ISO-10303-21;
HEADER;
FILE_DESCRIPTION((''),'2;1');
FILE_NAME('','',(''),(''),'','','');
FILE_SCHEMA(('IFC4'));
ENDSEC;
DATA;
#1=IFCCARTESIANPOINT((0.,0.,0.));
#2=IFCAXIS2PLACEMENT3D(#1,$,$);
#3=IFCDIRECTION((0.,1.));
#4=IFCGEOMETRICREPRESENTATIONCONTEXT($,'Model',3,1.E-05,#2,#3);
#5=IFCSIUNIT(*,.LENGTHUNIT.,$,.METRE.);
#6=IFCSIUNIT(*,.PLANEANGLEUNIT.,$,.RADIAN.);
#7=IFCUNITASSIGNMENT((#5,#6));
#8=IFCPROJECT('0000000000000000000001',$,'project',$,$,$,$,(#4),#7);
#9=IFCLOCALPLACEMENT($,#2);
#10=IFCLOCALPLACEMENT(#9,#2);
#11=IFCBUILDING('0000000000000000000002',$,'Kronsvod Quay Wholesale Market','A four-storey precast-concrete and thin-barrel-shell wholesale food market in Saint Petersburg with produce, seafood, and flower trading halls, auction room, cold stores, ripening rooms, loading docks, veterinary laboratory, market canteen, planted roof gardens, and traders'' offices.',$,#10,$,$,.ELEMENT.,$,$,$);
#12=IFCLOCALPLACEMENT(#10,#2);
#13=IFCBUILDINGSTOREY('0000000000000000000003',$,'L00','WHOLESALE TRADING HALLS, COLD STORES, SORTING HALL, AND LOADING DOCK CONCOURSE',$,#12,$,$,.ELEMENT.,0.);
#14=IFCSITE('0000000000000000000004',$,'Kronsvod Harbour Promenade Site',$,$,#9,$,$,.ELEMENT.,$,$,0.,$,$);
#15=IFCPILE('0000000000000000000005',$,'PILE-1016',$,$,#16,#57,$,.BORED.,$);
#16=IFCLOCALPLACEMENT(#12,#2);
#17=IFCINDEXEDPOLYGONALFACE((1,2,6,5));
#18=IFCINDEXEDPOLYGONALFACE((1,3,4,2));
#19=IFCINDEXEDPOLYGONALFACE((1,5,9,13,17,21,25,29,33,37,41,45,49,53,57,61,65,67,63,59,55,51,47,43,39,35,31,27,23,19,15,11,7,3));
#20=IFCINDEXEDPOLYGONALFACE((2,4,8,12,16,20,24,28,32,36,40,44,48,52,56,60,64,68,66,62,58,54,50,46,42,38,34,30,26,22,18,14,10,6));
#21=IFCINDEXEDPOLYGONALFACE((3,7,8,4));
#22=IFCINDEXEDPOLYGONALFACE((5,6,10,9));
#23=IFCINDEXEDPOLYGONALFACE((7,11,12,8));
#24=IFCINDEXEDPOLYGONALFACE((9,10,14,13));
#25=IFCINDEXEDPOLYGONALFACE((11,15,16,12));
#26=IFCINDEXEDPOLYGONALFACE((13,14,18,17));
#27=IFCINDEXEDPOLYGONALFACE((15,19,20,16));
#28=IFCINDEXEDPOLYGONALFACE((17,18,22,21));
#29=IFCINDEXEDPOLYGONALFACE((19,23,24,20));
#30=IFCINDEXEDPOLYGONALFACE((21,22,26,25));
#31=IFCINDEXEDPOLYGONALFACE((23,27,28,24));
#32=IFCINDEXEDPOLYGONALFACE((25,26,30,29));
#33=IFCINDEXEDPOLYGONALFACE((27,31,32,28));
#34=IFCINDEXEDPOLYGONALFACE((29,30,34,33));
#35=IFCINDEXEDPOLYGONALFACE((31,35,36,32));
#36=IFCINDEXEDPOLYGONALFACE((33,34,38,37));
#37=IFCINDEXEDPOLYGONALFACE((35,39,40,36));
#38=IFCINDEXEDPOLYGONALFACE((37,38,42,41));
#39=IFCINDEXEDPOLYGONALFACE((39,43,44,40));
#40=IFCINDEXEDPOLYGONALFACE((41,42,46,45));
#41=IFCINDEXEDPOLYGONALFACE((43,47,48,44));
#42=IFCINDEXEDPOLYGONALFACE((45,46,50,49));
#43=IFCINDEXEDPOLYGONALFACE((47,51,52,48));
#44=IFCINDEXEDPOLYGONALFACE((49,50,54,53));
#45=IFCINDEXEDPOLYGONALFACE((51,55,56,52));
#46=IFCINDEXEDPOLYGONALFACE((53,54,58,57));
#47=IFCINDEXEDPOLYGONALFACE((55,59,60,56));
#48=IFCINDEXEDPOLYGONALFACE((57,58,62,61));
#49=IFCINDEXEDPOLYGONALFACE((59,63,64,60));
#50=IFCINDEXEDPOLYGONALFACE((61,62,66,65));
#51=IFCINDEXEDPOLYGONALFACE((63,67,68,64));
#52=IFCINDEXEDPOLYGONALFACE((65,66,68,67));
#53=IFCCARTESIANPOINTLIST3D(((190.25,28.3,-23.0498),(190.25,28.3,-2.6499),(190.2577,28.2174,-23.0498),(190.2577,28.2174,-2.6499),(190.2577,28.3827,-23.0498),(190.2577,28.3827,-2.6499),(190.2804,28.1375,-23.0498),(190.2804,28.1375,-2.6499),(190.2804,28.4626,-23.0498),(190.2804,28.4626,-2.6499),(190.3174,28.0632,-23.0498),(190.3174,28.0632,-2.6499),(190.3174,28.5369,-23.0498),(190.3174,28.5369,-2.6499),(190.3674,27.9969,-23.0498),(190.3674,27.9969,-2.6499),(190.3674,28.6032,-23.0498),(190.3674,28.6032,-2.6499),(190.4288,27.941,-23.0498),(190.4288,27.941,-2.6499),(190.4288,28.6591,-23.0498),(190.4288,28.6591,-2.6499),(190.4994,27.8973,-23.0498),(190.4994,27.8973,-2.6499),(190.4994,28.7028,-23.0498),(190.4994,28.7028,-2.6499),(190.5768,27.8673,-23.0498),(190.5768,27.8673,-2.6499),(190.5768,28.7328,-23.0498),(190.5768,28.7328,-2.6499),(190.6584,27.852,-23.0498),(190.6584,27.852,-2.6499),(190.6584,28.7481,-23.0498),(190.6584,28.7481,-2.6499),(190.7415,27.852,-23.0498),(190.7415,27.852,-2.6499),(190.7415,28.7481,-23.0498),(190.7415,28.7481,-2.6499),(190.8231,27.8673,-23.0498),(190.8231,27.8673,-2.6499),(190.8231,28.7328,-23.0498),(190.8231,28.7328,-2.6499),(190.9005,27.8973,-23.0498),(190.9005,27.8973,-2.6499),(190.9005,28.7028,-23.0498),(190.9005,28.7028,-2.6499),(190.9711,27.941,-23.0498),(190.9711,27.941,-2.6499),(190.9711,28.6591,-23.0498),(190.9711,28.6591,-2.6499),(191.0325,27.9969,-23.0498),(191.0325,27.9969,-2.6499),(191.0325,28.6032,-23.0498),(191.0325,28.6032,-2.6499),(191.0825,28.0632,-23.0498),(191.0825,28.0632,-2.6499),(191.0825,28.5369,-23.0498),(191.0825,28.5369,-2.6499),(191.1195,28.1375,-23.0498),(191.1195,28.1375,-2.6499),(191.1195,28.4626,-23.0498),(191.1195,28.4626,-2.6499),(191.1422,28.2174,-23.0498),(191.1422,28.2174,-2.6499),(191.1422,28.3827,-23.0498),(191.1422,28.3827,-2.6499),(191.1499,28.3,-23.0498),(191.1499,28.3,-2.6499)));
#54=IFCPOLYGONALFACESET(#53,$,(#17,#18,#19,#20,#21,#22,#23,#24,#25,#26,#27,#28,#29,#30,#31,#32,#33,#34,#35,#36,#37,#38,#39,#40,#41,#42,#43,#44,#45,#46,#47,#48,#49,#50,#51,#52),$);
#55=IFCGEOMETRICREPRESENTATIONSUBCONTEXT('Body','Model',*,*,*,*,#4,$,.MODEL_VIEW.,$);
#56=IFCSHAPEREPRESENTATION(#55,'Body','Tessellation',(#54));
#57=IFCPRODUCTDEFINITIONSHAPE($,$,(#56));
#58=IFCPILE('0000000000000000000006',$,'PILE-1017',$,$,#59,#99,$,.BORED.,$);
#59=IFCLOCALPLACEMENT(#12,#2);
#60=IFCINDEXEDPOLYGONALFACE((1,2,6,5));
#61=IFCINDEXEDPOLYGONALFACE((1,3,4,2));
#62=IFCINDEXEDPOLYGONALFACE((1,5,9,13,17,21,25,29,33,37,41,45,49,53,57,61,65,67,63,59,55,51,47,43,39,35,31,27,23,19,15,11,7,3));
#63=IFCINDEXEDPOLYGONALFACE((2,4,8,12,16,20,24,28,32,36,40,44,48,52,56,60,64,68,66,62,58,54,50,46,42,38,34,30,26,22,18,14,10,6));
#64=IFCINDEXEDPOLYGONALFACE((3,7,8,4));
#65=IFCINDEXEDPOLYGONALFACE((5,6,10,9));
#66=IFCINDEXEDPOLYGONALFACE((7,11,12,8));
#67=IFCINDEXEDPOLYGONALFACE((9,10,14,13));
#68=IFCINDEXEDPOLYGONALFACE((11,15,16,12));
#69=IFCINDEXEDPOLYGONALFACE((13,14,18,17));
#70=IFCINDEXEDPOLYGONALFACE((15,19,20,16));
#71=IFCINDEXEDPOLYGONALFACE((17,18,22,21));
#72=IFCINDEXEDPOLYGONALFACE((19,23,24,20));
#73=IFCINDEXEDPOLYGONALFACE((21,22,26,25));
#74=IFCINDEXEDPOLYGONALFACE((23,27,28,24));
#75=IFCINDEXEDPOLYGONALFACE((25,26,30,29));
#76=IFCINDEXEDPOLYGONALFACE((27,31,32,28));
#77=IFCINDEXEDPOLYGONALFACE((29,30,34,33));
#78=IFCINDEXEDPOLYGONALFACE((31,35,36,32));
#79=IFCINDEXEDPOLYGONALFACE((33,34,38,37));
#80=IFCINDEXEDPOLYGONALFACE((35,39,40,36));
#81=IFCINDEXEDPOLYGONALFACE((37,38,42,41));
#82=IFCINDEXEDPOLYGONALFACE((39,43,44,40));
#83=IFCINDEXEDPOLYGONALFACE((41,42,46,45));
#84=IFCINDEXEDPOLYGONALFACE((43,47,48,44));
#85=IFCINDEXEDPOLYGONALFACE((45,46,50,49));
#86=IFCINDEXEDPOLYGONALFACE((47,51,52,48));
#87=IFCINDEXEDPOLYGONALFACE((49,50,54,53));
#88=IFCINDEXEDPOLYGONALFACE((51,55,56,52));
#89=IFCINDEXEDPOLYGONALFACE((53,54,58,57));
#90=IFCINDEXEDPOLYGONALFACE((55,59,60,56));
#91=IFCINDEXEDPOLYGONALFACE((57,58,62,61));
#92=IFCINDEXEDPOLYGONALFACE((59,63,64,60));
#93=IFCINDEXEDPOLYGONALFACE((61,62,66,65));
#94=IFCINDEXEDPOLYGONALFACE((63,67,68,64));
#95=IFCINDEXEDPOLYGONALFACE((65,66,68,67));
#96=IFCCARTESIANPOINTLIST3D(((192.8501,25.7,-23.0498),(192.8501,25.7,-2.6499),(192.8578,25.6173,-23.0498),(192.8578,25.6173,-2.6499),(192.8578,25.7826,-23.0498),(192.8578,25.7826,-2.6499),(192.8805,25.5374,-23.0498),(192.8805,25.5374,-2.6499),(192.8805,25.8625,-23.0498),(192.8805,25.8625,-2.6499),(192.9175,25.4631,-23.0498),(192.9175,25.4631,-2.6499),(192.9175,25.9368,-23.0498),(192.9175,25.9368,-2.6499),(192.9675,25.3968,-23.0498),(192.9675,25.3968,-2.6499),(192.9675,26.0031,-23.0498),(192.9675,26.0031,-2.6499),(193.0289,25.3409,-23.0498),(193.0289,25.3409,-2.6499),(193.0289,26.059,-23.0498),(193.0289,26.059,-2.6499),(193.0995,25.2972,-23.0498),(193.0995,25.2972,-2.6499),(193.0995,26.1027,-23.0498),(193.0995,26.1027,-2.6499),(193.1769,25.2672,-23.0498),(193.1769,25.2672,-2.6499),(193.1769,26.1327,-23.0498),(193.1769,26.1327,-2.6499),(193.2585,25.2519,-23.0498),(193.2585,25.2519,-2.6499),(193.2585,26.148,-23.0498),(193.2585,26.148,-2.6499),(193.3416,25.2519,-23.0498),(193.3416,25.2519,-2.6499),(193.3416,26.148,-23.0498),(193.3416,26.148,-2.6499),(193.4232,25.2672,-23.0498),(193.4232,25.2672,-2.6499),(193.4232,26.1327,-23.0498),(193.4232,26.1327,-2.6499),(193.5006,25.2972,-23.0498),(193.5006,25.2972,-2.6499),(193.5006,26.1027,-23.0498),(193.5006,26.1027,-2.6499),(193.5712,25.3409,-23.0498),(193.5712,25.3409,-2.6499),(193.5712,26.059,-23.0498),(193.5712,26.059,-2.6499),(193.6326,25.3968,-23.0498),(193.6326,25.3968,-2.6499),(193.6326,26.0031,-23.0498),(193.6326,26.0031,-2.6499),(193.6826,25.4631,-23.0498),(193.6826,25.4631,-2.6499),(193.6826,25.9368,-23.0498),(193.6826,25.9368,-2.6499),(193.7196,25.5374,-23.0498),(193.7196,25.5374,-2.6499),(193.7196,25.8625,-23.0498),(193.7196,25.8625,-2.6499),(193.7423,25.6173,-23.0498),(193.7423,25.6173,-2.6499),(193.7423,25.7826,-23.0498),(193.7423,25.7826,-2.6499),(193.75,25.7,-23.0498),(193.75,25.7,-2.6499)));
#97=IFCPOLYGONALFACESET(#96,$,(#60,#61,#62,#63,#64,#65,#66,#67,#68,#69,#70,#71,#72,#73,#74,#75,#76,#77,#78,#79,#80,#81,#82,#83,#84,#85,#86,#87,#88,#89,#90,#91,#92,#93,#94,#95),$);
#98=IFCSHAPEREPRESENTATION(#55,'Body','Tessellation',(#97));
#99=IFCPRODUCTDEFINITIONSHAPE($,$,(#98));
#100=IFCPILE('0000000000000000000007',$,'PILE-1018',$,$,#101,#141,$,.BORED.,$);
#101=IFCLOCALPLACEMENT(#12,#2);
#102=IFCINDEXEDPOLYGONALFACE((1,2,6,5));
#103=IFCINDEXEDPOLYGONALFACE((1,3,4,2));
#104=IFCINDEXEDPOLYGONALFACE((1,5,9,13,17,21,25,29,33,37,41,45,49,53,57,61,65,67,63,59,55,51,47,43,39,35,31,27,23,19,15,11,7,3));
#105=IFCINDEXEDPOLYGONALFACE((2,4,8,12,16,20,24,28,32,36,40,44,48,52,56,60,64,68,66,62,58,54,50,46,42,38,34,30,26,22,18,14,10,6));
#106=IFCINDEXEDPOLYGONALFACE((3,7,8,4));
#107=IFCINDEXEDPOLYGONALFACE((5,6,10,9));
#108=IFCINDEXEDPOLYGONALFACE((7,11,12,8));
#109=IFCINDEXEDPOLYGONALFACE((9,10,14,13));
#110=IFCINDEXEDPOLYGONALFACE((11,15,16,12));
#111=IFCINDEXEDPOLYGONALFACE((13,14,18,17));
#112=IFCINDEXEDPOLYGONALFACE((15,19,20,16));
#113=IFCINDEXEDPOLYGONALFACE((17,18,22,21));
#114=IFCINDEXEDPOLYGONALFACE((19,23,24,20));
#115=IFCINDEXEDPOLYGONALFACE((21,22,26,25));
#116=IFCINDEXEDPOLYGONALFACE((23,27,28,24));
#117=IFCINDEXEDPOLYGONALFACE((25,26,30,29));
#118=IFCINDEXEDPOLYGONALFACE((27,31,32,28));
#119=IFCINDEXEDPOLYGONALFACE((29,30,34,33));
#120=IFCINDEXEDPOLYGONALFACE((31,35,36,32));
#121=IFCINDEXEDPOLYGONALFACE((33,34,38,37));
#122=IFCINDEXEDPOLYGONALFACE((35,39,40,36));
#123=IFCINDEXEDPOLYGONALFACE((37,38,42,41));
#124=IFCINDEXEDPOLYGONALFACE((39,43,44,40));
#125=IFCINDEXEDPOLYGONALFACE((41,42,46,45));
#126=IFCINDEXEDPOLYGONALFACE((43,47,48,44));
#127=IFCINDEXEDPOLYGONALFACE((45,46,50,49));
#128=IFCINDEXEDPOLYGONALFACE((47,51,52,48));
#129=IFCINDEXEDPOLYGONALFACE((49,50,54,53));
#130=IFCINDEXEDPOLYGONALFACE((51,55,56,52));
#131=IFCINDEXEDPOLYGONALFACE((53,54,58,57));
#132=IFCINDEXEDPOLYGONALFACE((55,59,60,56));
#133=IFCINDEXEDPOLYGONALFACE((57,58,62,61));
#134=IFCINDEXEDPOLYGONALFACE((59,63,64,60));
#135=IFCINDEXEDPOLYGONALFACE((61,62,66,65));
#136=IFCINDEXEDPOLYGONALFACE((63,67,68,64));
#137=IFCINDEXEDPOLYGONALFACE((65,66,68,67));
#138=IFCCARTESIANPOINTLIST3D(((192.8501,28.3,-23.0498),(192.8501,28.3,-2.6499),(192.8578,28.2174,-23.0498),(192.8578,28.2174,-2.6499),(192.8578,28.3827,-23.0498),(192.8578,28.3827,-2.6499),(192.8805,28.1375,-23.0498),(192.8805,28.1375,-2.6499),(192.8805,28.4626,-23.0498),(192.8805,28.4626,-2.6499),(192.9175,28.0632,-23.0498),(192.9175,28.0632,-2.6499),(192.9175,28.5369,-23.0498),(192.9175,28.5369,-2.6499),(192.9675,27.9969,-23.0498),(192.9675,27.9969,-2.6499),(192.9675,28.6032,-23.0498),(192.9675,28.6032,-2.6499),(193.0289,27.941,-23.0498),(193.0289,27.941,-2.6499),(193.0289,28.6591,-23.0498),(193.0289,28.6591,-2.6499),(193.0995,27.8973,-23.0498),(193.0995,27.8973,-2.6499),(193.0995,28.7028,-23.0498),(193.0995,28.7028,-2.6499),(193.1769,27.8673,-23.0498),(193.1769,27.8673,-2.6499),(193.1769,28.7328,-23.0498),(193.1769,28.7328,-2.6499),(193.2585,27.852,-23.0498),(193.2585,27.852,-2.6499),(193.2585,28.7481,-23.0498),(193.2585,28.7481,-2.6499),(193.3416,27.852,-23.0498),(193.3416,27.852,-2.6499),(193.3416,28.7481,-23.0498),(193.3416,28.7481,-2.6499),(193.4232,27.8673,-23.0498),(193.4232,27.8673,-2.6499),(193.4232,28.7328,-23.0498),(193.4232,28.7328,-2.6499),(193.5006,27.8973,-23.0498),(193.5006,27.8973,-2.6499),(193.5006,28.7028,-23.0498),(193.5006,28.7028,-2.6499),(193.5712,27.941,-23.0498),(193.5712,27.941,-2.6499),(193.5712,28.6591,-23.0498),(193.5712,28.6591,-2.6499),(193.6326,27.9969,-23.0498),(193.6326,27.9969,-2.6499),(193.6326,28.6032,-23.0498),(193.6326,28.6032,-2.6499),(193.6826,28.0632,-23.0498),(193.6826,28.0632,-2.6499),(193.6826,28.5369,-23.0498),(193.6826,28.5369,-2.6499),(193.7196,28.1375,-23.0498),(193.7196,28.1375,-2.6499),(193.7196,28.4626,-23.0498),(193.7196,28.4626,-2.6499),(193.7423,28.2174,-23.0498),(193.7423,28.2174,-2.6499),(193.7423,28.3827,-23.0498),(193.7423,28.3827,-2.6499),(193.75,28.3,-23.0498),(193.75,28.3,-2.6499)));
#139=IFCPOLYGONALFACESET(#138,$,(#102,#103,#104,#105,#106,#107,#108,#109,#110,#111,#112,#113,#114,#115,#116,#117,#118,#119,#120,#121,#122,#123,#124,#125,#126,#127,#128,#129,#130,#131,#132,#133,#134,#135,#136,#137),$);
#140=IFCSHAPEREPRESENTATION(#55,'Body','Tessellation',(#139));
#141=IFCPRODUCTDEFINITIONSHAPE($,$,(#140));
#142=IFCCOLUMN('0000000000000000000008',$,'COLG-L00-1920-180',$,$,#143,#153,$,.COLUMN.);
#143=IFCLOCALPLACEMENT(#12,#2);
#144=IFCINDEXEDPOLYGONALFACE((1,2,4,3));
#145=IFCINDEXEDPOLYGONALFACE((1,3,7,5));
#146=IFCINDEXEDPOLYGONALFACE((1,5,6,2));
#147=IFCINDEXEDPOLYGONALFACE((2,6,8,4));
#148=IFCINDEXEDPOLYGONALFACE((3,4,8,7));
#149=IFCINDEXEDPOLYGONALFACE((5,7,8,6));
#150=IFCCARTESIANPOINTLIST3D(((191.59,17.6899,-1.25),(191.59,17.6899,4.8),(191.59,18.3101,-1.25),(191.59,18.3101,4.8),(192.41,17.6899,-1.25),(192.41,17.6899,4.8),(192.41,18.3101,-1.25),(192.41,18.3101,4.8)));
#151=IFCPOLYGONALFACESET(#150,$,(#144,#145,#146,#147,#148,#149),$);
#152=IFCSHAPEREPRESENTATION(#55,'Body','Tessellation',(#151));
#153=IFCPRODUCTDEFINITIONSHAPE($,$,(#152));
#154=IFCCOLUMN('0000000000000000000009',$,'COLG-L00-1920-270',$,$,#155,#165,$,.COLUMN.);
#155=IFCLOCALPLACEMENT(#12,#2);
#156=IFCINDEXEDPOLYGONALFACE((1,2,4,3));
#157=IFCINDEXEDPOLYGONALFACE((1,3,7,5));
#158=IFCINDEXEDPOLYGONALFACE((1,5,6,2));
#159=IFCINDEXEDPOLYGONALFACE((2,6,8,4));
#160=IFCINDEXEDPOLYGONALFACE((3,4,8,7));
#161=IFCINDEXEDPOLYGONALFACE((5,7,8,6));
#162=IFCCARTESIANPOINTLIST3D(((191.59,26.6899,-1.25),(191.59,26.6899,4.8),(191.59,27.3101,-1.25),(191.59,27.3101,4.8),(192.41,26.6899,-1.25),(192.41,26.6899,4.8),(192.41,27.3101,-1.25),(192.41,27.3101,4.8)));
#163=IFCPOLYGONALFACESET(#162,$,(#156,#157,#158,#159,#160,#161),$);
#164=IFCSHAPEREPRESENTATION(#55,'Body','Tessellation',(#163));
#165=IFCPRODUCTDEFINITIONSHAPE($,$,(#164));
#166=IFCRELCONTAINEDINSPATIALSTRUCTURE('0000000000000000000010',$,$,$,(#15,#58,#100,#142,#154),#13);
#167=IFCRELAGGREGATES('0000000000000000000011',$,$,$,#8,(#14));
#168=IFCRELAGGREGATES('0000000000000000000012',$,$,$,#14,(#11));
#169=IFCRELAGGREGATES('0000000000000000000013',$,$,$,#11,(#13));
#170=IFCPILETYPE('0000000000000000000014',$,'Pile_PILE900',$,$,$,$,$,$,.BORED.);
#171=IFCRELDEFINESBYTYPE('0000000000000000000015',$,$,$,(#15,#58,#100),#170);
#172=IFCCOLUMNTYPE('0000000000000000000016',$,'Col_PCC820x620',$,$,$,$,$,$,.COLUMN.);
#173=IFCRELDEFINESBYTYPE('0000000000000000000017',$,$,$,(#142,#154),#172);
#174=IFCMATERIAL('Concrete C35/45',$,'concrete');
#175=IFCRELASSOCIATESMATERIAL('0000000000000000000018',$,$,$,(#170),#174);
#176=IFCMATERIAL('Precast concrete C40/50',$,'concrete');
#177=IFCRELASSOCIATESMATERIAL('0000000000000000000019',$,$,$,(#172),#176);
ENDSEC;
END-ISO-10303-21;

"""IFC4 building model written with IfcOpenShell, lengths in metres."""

from ifc_helpers import new_model, si_unit, direction, frame, origin, origin_2d, place, context, subcontext, project, spatial, rectangle, circle, extrude, material, material_profile, profile_set, type_object, element, save


model = new_model("IFC4")

# Units and contexts
model_context = context("Model", 3, precision=1e-05, world=origin(), true_north=direction((0.0, 1.0)))
body_context = subcontext(model_context, "Body", "Model", "MODEL_VIEW")
ifc_project = project(units=[si_unit("LENGTHUNIT", "METRE"), si_unit("PLANEANGLEUNIT", "RADIAN")], contexts=[model_context])

# Site, building, storey
site_placement = place(None, origin())
site = spatial("IfcSite", under=ifc_project, at=site_placement, Name="Kronsvod Harbour Promenade Site", CompositionType="ELEMENT", RefElevation=0.0)
building_placement = place(site_placement, origin())
building = spatial("IfcBuilding", under=site, at=building_placement, Name="Kronsvod Quay Wholesale Market", Description="A four-storey precast-concrete and thin-barrel-shell wholesale food market in Saint Petersburg with produce, seafood, and flower trading halls, auction room, cold stores, ripening rooms, loading docks, veterinary laboratory, market canteen, planted roof gardens, and traders' offices.", CompositionType="ELEMENT")
storey_placement = place(building_placement, origin())
storey = spatial("IfcBuildingStorey", under=building, at=storey_placement, Name="L00", Description="WHOLESALE TRADING HALLS, COLD STORES, SORTING HALL, AND LOADING DOCK CONCOURSE", CompositionType="ELEMENT", Elevation=0.0)

# Piles
ifc_material_1 = material(Name="Concrete C35/45", Category="concrete")
ifc_material_profile_1 = material_profile(ifc_material_1, circle(Radius=0.45, at=origin_2d()), Name="PILE900")
ifc_profile_set_1 = profile_set([ifc_material_profile_1], Name="Concrete C35/45")
pile_type = type_object("IfcPileType", Name="Pile_PILE900", PredefinedType="BORED", material=ifc_profile_set_1)
for number, where, z_axis, x_axis, name in (
    (1, (190.7, 28.3, -2.6499), (0.0, 0.0, -1.0), (1.0, 0.0, 0.0), "PILE-1016"),
    (2, (193.3, 25.7, -2.6499), (0.0, 0.0, -1.0), (1.0, 0.0, 0.0), "PILE-1017"),
    (3, (193.3, 28.3, -2.6499), (0.0, 0.0, -1.0), (1.0, 0.0, 0.0), "PILE-1018"),
):
    element("IfcPile", number, at=place(storey_placement, frame(where, z_axis=z_axis, x_axis=x_axis)), inside=storey, type_object=pile_type, Name=name, PredefinedType="BORED", context=body_context, shape_type="SweptSolid", body=[
        extrude(circle(Radius=0.45, at=origin_2d()), origin(), (0.0, 0.0, 1.0), 20.3999),
    ])

# Columns
ifc_material_2 = material(Name="Precast concrete C40/50", Category="concrete")
ifc_material_profile_2 = material_profile(ifc_material_2, rectangle(XDim=0.8201, YDim=0.6201, at=origin_2d()), Name="COL-10")
ifc_profile_set_2 = profile_set([ifc_material_profile_2], Name="Precast concrete C40/50")
column_type = type_object("IfcColumnType", Name="Col_PCC820x620", PredefinedType="COLUMN", material=ifc_profile_set_2)
for number, where, z_axis, x_axis, name in (
    (4, (192.0, 18.0, -1.25), (0.0, 0.0, 1.0), (1.0, 0.0, 0.0), "COLG-L00-1920-180"),
    (5, (192.0, 27.0, -1.25), (0.0, 0.0, 1.0), (1.0, 0.0, 0.0), "COLG-L00-1920-270"),
):
    element("IfcColumn", number, at=place(storey_placement, frame(where, z_axis=z_axis, x_axis=x_axis)), inside=storey, type_object=column_type, Name=name, PredefinedType="COLUMN", context=body_context, shape_type="SweptSolid", body=[
        extrude(rectangle(XDim=0.8201, YDim=0.6201, at=origin_2d()), origin(), (0.0, 0.0, 1.0), 6.05),
    ])

save(model, "model.ifc")
